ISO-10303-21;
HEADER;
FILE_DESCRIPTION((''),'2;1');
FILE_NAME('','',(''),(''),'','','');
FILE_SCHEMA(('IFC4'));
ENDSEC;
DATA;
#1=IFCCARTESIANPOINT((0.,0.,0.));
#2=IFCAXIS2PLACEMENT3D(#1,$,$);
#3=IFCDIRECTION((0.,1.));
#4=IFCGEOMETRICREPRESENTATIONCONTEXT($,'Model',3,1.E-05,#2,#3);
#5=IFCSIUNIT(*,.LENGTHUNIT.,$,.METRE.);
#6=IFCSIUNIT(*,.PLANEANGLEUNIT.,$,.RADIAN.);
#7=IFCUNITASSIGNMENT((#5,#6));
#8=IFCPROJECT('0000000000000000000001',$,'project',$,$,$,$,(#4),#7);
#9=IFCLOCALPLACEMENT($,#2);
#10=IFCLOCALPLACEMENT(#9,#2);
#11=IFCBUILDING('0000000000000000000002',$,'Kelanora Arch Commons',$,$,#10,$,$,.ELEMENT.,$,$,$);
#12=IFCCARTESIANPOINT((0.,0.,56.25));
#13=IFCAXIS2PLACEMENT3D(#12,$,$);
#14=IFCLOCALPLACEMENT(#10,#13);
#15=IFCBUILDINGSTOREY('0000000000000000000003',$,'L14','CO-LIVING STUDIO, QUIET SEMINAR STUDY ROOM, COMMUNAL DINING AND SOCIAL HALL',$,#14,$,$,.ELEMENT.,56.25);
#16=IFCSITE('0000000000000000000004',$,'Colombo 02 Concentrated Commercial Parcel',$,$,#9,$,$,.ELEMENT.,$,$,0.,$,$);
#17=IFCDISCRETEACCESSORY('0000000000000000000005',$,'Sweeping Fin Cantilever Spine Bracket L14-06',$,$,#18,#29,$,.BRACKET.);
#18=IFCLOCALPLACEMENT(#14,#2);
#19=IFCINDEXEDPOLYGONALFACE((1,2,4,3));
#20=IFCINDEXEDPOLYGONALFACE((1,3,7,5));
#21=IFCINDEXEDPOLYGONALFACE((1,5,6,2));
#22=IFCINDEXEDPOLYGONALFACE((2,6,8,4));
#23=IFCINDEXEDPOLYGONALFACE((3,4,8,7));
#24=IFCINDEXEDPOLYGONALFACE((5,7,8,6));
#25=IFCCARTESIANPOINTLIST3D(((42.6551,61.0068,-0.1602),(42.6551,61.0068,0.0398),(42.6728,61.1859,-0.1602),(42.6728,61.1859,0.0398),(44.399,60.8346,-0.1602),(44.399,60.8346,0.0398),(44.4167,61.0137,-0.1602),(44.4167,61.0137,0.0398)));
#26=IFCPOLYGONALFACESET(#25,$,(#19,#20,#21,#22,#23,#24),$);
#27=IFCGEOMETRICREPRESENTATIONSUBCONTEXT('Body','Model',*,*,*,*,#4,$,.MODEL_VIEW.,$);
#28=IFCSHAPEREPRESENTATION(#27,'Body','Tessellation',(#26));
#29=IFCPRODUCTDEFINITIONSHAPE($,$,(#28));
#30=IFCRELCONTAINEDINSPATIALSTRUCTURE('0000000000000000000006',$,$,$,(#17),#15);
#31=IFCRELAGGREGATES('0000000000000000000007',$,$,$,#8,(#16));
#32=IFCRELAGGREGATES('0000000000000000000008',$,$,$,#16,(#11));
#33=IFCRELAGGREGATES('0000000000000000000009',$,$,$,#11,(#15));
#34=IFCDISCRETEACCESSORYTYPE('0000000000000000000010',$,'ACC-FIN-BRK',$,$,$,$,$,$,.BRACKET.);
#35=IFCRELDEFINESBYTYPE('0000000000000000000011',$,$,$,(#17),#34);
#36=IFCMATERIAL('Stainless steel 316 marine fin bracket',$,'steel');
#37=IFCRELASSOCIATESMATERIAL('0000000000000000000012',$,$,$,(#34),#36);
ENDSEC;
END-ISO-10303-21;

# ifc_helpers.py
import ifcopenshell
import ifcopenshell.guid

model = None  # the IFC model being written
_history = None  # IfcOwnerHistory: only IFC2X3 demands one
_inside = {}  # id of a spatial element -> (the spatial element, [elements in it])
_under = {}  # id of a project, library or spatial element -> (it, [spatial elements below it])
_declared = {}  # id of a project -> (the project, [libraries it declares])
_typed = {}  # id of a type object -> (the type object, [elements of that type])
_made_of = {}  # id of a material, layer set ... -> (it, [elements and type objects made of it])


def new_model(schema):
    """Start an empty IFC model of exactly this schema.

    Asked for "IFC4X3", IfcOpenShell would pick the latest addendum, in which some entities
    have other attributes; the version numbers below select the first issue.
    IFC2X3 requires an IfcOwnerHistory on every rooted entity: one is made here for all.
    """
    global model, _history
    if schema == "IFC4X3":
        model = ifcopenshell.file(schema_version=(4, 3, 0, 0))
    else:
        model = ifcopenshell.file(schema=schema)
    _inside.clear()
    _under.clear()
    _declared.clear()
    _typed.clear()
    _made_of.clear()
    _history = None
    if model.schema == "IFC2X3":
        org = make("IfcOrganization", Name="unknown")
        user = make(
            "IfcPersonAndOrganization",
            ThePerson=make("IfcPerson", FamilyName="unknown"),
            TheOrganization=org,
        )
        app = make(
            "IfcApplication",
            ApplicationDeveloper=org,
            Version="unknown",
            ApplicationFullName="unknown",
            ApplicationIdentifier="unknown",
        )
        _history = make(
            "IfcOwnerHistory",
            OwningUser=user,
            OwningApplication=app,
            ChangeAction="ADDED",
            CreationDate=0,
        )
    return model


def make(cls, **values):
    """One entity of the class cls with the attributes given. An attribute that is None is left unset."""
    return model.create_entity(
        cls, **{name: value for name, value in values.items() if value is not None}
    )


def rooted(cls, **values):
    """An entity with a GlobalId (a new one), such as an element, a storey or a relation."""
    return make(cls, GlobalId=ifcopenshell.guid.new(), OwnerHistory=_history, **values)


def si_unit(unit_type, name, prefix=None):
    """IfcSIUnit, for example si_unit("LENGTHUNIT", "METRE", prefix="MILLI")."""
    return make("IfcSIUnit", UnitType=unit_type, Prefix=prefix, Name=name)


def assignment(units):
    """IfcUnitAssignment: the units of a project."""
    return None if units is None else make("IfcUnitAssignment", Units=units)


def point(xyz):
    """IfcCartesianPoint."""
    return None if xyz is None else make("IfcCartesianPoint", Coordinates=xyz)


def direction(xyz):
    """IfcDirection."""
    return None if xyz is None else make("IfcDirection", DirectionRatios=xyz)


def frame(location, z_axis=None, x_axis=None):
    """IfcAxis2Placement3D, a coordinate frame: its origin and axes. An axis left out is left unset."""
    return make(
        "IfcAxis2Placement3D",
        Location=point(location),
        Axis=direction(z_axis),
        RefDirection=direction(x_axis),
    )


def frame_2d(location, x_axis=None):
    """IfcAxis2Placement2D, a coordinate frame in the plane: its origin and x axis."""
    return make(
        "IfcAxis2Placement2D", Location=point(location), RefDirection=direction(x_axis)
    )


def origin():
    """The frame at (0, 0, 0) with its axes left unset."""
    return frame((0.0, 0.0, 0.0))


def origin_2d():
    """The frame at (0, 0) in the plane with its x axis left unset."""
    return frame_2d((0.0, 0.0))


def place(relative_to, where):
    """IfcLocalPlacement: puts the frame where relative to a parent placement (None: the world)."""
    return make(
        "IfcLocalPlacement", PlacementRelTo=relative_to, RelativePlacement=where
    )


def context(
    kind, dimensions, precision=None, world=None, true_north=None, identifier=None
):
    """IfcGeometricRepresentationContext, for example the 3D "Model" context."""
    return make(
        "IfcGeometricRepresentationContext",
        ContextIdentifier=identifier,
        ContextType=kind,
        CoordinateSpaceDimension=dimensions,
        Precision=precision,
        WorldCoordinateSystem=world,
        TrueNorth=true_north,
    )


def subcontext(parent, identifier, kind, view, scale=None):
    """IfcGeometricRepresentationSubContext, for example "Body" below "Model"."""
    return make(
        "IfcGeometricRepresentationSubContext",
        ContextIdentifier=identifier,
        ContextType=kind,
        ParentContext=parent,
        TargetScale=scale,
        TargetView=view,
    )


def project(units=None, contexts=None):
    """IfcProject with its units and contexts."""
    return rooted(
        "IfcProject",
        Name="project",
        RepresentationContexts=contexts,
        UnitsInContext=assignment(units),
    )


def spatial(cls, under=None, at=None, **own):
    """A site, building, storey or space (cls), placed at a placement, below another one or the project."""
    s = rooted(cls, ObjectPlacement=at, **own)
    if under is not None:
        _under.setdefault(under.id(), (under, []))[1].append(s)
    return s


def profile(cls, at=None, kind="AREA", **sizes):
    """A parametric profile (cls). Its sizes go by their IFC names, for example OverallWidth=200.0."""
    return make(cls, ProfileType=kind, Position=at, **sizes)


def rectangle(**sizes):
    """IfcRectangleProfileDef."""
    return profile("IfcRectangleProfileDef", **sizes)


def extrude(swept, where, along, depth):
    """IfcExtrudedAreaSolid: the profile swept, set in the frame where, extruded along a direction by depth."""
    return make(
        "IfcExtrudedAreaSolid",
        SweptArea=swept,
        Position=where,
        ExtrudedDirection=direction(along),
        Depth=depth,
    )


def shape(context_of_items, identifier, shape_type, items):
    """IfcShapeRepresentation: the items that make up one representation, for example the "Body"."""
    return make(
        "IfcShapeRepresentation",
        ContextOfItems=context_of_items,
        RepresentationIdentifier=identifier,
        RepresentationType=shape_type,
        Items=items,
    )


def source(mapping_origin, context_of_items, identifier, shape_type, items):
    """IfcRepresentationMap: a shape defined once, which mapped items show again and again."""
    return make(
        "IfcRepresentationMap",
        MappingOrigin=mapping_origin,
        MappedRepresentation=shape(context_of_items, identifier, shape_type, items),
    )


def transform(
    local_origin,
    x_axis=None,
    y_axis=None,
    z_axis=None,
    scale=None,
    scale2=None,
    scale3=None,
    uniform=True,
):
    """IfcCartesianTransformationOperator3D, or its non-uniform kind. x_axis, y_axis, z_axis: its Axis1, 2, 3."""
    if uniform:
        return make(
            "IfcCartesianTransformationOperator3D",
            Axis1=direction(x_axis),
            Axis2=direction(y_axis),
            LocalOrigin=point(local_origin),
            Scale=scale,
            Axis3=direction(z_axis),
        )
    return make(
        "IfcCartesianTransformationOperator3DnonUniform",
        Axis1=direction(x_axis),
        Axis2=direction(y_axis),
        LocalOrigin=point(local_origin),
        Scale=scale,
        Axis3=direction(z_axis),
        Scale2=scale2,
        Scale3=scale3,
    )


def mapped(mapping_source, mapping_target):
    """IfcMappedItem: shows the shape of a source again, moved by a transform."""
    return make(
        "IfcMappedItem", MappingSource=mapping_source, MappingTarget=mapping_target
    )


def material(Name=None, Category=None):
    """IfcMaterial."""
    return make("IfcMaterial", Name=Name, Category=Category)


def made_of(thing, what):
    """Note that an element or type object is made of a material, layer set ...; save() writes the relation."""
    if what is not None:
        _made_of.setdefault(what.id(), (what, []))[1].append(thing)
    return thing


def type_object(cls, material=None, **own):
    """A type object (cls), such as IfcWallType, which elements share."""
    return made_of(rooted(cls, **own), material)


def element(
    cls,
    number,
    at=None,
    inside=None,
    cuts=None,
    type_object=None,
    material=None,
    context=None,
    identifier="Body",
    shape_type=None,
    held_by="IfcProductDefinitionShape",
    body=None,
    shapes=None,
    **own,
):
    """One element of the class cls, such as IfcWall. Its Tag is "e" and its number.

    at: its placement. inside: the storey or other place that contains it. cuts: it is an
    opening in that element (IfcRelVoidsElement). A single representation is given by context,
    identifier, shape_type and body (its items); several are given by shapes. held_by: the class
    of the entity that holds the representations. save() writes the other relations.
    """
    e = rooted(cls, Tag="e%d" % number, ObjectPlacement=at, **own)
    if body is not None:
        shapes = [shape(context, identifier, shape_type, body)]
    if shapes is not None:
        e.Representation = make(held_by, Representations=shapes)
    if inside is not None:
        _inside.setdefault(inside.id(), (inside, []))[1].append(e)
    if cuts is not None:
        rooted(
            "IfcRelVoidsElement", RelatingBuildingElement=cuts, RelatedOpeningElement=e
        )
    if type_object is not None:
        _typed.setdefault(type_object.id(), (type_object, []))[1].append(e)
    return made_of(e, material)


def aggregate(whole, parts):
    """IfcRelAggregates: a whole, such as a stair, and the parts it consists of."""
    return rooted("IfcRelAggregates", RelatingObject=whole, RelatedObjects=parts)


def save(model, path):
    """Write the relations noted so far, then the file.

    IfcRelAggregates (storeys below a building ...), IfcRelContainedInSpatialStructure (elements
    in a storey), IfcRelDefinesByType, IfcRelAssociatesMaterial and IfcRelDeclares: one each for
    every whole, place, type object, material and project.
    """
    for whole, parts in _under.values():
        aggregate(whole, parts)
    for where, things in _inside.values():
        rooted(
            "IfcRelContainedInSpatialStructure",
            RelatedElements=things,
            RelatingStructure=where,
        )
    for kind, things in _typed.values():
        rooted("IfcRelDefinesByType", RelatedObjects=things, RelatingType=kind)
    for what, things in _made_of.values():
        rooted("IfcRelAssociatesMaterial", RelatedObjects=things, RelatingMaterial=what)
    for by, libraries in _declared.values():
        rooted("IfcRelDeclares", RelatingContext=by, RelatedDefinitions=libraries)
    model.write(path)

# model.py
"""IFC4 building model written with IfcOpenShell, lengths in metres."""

from ifc_helpers import new_model, si_unit, direction, frame, origin, origin_2d, place, context, subcontext, project, spatial, rectangle, extrude, source, transform, mapped, material, type_object, element, save


model = new_model("IFC4")

# Units and contexts
model_context = context("Model", 3, precision=1e-05, world=origin(), true_north=direction((0.0, 1.0)))
body_context = subcontext(model_context, "Body", "Model", "MODEL_VIEW")
ifc_project = project(units=[si_unit("LENGTHUNIT", "METRE"), si_unit("PLANEANGLEUNIT", "RADIAN")], contexts=[model_context])

# Site, building, storey
site_placement = place(None, origin())
site = spatial("IfcSite", under=ifc_project, at=site_placement, Name="Colombo 02 Concentrated Commercial Parcel", CompositionType="ELEMENT", RefElevation=0.0)
building_placement = place(site_placement, origin())
building = spatial("IfcBuilding", under=site, at=building_placement, Name="Kelanora Arch Commons", CompositionType="ELEMENT")
storey_placement = place(building_placement, frame((0.0, 0.0, 56.25)))
storey = spatial("IfcBuildingStorey", under=building, at=storey_placement, Name="L14", Description="CO-LIVING STUDIO, QUIET SEMINAR STUDY ROOM, COMMUNAL DINING AND SOCIAL HALL", CompositionType="ELEMENT", Elevation=56.25)

# Discrete accessory
ifc_material_1 = material(Name="Stainless steel 316 marine fin bracket", Category="steel")
discrete_accessory_type = type_object("IfcDiscreteAccessoryType", Name="ACC-FIN-BRK", PredefinedType="BRACKET", material=ifc_material_1)
shared_shape_1 = source(origin(), body_context, "Body", "SweptSolid", [
    extrude(rectangle(XDim=1.7524, YDim=0.1799, at=origin_2d()), origin(), (0.0, 0.0, 1.0), 0.2),
])
discrete_accessory_placement = place(storey_placement, frame((43.5359, 61.0103, -0.1602), z_axis=(0.0, 0.0, 1.0), x_axis=(-0.995159, 0.098278, 0.0)))
element("IfcDiscreteAccessory", 1, at=discrete_accessory_placement, inside=storey, type_object=discrete_accessory_type, Name="Sweeping Fin Cantilever Spine Bracket L14-06", PredefinedType="BRACKET", context=body_context, shape_type="MappedRepresentation", body=[
    mapped(shared_shape_1, transform((0.0, 0.0, 0.0), scale=1.0)),
])

save(model, "model.ifc")
